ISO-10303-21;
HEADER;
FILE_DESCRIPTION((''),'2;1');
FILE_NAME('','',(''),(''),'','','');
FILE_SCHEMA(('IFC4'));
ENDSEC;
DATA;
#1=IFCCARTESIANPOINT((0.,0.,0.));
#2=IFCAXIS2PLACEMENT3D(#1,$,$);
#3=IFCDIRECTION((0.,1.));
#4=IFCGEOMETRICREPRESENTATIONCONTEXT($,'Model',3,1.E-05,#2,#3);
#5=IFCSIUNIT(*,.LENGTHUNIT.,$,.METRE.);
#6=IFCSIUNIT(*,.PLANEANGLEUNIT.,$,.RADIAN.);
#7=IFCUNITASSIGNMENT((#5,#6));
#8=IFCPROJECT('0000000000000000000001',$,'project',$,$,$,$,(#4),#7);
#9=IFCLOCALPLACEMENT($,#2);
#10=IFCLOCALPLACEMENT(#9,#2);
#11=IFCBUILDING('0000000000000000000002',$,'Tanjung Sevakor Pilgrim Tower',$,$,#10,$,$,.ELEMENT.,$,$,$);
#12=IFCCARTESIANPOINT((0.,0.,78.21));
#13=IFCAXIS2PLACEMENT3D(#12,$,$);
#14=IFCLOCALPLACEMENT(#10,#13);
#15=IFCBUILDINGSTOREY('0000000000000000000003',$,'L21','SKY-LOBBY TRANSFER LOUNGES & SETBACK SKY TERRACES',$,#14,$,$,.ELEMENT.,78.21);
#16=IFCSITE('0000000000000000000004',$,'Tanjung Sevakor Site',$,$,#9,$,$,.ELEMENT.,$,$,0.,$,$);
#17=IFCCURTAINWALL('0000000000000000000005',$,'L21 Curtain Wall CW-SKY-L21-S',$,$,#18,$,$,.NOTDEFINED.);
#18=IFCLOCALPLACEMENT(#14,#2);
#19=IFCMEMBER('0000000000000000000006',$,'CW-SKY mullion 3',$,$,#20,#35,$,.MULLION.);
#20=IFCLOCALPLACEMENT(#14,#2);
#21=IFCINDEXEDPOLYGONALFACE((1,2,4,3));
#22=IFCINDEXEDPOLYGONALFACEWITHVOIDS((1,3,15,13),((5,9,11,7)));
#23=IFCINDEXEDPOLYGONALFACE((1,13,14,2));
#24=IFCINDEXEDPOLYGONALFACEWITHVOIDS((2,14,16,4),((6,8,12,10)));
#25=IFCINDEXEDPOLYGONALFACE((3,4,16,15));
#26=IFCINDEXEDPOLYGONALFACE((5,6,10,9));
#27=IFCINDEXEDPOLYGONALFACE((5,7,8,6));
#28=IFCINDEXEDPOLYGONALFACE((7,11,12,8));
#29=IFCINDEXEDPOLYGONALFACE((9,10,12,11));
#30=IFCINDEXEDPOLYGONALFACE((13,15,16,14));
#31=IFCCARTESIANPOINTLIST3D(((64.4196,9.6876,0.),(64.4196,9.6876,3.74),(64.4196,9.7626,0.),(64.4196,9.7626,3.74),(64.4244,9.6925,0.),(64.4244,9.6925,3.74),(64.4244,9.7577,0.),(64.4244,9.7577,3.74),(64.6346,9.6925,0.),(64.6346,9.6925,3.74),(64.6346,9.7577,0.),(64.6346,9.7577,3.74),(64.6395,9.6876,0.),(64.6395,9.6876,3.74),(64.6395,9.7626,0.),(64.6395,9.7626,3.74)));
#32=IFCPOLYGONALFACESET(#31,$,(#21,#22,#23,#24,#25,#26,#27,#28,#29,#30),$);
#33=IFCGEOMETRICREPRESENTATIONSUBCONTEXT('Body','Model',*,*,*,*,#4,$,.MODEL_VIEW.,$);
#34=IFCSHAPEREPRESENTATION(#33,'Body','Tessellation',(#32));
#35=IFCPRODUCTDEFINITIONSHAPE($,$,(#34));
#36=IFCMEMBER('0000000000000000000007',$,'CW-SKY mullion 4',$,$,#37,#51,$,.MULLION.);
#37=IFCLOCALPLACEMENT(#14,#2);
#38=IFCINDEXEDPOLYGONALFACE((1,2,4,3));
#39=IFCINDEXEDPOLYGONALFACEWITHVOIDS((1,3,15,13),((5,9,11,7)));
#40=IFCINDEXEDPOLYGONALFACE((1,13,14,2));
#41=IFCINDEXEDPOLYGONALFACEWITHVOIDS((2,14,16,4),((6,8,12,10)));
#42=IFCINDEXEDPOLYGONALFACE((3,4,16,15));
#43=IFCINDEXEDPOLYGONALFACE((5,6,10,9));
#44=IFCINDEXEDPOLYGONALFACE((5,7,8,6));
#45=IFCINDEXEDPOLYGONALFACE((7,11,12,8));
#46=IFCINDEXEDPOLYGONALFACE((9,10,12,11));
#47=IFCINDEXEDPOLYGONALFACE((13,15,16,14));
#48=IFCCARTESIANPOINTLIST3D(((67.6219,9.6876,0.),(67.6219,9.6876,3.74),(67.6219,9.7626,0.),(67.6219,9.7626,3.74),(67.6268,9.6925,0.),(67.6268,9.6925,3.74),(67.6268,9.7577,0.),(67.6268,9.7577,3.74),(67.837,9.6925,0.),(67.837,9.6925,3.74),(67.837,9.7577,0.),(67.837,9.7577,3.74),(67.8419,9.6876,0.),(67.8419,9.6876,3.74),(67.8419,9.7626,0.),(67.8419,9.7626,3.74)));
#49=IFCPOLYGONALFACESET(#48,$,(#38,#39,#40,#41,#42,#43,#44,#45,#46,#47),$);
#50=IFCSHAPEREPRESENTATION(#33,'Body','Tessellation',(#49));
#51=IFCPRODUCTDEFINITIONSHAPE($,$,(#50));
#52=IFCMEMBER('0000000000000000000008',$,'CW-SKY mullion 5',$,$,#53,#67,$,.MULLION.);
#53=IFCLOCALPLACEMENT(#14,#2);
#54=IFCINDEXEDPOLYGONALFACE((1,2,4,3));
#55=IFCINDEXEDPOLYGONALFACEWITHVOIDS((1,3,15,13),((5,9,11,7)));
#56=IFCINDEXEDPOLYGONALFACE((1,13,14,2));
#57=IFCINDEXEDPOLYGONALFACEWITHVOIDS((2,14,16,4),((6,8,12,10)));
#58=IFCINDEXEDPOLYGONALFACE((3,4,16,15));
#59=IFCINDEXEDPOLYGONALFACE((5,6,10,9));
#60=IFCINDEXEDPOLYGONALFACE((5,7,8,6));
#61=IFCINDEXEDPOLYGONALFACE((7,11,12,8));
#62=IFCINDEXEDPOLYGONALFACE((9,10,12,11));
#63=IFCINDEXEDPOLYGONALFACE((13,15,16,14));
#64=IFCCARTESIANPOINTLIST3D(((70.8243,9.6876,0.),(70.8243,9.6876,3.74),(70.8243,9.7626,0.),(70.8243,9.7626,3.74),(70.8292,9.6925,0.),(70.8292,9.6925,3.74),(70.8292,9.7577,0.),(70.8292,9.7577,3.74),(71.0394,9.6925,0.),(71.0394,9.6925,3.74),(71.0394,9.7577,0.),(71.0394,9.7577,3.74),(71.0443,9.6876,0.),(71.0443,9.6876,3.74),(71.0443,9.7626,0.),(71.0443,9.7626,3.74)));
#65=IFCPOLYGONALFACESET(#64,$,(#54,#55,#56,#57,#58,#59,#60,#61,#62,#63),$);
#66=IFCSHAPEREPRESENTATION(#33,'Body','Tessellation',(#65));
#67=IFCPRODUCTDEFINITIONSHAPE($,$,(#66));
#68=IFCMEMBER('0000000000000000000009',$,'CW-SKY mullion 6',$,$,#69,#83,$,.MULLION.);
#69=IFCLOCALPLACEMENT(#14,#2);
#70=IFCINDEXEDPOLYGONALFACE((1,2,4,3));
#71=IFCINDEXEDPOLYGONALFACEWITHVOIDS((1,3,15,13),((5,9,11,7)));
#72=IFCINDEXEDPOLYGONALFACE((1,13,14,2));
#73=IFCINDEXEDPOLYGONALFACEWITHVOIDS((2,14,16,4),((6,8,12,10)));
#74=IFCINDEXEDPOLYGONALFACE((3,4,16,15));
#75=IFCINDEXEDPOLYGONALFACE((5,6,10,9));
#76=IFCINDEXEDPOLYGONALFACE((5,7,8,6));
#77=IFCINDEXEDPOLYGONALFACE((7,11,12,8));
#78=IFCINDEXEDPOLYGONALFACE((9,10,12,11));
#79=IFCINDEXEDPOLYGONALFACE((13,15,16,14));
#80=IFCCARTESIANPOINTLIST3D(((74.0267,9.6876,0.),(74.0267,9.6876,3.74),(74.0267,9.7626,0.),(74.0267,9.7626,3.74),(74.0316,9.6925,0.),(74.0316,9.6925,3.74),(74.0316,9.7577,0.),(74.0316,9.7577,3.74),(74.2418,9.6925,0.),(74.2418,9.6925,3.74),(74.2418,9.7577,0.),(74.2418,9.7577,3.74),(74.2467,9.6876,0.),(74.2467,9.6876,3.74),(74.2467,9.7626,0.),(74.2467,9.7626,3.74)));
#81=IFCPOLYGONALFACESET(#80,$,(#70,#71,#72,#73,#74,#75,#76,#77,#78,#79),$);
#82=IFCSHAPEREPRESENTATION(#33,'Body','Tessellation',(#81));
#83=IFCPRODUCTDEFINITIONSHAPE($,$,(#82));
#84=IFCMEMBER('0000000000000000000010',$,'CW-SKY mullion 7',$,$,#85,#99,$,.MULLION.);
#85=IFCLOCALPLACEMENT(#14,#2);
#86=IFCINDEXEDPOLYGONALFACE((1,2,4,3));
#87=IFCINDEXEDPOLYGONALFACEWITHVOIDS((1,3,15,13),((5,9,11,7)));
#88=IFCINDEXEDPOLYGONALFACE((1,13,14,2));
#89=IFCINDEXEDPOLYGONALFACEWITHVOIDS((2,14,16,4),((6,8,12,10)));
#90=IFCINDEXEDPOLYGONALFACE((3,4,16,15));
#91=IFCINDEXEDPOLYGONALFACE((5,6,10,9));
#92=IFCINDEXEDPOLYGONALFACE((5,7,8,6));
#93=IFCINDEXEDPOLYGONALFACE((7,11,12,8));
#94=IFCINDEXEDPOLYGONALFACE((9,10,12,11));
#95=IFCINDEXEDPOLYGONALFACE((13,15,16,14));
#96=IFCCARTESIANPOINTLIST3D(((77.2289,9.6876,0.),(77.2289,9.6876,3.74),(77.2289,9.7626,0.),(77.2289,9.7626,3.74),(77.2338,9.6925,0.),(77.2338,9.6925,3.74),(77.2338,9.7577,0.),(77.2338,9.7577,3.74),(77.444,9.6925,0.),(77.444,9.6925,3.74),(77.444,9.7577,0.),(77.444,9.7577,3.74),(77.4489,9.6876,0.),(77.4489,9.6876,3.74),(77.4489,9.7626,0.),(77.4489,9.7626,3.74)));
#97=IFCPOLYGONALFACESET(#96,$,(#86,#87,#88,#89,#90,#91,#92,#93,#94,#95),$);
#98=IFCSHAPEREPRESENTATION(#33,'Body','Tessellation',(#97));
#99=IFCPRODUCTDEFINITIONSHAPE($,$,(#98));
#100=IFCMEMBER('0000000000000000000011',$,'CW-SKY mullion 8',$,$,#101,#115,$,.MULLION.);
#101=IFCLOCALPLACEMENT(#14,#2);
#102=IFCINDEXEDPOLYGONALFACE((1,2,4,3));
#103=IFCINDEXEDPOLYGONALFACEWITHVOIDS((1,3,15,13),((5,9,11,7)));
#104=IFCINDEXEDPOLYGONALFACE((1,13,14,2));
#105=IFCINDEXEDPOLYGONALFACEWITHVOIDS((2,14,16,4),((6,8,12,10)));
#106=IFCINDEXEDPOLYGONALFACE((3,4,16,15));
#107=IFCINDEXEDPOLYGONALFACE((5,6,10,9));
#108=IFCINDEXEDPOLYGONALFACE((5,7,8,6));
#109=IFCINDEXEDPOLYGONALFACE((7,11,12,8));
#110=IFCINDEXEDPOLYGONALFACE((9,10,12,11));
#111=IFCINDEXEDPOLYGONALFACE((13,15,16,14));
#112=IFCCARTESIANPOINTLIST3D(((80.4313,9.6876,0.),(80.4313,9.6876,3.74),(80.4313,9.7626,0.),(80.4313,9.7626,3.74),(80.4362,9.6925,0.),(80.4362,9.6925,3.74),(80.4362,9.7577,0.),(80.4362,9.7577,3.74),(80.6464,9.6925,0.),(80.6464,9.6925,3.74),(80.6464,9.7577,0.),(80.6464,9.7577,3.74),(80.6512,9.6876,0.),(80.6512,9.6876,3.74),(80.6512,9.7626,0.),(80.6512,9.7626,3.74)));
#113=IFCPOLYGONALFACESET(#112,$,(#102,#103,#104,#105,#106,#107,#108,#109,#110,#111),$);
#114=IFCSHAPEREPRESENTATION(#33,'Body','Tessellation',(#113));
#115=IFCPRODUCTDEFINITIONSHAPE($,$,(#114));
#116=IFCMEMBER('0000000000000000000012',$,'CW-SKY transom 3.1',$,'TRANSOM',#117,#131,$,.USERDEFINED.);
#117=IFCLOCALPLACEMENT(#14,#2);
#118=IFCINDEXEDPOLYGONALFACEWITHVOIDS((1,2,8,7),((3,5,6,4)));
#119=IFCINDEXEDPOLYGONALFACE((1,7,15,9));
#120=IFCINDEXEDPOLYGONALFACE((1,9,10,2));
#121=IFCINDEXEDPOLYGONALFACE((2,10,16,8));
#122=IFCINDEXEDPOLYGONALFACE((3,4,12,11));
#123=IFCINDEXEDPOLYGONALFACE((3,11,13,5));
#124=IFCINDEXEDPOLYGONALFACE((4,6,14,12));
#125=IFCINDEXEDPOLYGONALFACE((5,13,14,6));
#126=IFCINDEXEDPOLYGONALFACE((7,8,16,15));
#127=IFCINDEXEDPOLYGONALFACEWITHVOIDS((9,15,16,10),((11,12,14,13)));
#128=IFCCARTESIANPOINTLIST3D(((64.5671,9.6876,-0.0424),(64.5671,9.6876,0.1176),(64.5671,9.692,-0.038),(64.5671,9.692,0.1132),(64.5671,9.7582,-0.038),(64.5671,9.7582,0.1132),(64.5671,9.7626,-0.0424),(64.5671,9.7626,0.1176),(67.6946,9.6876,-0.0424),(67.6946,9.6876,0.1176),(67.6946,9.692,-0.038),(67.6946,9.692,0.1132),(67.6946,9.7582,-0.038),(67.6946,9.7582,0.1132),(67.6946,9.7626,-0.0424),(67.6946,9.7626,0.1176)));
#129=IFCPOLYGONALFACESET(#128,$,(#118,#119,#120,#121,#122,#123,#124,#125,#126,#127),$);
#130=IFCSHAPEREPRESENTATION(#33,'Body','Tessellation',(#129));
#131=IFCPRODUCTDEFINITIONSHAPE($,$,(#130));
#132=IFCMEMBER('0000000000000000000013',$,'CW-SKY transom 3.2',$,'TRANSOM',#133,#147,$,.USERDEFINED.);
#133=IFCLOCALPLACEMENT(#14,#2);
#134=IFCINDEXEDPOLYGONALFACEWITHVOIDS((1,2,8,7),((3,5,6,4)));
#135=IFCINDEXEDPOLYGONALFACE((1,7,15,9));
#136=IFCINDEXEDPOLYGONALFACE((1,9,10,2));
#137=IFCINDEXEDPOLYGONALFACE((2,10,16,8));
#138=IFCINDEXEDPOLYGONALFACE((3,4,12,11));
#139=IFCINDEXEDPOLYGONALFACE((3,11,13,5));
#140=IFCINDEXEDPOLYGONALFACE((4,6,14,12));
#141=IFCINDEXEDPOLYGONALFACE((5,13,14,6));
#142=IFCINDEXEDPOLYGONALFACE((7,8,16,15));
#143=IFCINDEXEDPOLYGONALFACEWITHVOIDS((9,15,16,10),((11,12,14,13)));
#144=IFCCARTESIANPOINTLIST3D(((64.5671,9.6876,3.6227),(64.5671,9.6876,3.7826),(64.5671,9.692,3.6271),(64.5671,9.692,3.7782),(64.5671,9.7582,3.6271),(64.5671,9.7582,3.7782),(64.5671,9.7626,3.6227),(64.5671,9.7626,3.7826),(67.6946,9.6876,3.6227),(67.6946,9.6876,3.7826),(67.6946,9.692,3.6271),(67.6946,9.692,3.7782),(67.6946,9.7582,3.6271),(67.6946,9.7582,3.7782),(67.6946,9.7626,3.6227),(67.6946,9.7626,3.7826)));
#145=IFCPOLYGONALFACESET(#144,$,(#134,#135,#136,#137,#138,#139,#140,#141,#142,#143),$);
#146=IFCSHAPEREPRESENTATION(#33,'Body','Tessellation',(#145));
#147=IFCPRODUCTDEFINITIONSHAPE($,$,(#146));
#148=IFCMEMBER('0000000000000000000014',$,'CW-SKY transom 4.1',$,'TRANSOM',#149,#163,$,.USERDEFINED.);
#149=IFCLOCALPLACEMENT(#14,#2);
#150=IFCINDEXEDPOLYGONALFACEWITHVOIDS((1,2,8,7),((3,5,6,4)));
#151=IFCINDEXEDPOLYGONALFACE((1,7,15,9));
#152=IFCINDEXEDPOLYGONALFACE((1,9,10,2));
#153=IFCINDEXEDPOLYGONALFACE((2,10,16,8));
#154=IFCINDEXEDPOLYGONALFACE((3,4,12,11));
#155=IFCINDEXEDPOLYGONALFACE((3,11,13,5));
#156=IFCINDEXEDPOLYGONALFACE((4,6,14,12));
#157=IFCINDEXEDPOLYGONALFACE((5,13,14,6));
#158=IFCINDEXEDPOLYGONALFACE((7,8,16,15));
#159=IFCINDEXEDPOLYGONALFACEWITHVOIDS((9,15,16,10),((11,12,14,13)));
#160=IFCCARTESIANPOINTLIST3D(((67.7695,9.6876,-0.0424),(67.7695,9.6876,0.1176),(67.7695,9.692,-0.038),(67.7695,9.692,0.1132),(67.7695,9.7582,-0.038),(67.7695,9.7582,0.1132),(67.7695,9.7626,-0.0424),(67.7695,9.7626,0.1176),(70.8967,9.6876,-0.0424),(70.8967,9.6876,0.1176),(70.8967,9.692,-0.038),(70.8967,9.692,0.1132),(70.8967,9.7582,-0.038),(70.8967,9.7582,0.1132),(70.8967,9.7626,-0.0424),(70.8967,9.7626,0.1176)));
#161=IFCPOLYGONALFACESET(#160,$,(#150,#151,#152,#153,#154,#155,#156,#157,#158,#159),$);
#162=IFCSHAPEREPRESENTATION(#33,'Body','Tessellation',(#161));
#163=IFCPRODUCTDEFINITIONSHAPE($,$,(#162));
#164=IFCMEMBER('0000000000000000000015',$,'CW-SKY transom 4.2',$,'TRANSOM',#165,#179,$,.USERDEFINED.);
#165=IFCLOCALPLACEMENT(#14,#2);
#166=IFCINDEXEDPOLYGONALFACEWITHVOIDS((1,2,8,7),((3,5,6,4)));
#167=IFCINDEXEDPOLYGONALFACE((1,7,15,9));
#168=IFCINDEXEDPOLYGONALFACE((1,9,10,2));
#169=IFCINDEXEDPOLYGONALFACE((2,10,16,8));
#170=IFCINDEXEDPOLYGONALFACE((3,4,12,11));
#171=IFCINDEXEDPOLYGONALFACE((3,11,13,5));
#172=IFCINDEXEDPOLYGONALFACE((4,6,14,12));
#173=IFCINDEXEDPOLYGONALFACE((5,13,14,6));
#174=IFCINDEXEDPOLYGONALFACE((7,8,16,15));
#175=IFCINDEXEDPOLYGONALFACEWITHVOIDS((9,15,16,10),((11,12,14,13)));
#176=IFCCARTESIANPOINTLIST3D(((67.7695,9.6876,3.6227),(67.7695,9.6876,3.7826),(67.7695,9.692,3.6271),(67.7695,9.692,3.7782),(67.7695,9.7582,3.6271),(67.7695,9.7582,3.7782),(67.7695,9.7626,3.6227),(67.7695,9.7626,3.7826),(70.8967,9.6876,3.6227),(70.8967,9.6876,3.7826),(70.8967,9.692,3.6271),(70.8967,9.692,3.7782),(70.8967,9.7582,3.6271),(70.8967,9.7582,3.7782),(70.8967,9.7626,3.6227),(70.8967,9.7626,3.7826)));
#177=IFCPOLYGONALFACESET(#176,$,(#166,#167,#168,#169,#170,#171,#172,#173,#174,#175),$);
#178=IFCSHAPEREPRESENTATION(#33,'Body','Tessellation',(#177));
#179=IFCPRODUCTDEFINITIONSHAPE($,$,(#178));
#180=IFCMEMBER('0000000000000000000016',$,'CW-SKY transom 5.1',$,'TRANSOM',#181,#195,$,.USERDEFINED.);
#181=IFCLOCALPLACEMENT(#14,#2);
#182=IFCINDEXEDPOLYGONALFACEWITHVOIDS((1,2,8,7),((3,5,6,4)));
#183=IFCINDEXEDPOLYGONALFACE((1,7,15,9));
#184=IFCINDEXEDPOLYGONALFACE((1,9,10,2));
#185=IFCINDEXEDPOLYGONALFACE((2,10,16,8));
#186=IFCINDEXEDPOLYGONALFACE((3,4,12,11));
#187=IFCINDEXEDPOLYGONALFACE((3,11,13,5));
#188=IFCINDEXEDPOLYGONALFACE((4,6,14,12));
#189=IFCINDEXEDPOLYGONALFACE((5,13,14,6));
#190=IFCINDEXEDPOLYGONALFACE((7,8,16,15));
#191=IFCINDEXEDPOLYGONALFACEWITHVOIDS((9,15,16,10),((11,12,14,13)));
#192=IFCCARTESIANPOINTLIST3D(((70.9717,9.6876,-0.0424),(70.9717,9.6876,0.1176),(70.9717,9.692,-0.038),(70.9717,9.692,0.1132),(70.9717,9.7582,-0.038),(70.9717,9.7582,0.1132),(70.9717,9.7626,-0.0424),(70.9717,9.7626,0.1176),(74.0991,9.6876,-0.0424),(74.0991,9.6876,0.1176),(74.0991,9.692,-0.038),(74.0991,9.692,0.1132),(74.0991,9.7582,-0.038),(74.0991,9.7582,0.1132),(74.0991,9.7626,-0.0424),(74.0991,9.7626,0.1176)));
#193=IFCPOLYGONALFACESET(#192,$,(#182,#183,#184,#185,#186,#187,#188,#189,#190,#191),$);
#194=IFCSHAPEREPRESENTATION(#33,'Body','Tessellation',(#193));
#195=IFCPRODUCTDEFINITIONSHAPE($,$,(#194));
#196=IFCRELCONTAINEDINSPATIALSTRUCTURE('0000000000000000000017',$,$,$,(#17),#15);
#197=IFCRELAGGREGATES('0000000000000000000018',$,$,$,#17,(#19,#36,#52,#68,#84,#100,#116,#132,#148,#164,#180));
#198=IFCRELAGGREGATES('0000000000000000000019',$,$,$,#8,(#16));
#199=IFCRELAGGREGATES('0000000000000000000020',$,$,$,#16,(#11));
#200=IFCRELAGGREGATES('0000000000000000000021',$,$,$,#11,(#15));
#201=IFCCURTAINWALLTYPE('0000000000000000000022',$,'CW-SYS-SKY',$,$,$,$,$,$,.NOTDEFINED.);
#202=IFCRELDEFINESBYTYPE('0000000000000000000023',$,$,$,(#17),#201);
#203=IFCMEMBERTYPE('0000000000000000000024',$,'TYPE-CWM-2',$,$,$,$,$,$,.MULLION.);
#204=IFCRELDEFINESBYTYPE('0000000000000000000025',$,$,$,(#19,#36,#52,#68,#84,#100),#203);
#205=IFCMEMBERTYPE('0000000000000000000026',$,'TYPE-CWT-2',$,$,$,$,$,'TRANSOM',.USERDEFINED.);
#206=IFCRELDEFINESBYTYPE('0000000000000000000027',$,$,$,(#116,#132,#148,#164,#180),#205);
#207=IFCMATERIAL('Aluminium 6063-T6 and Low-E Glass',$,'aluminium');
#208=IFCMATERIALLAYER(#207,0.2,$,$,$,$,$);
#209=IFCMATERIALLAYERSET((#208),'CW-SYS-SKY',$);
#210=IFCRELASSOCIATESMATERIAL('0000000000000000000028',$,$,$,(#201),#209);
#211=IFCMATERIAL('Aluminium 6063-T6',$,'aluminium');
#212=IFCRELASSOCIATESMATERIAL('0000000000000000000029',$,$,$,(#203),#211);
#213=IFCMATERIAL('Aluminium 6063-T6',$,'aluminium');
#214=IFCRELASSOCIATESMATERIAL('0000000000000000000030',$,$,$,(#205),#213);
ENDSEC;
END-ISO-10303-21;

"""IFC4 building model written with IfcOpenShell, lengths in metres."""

from ifc_helpers import new_model, si_unit, direction, frame, origin, origin_2d, place, context, subcontext, project, spatial, hollow_rectangle, extrude, material, layer, layer_set, material_profile, profile_set, type_object, element, aggregate, save


model = new_model("IFC4")

# Units and contexts
model_context = context("Model", 3, precision=1e-05, world=origin(), true_north=direction((0.0, 1.0)))
body_context = subcontext(model_context, "Body", "Model", "MODEL_VIEW")
ifc_project = project(units=[si_unit("LENGTHUNIT", "METRE"), si_unit("PLANEANGLEUNIT", "RADIAN")], contexts=[model_context])

# Site, building, storey
site_placement = place(None, origin())
site = spatial("IfcSite", under=ifc_project, at=site_placement, Name="Tanjung Sevakor Site", CompositionType="ELEMENT", RefElevation=0.0)
building_placement = place(site_placement, origin())
building = spatial("IfcBuilding", under=site, at=building_placement, Name="Tanjung Sevakor Pilgrim Tower", CompositionType="ELEMENT")
storey_placement = place(building_placement, frame((0.0, 0.0, 78.21)))
storey = spatial("IfcBuildingStorey", under=building, at=storey_placement, Name="L21", Description="SKY-LOBBY TRANSFER LOUNGES & SETBACK SKY TERRACES", CompositionType="ELEMENT", Elevation=78.21)

# Curtain wall, members
ifc_material_1 = material(Name="Aluminium 6063-T6 and Low-E Glass", Category="aluminium")
ifc_layer_1 = layer(ifc_material_1, 0.2)
ifc_layer_set_1 = layer_set([ifc_layer_1], Name="CW-SYS-SKY")
curtain_wall_type = type_object("IfcCurtainWallType", Name="CW-SYS-SKY", PredefinedType="NOTDEFINED", material=ifc_layer_set_1)
curtain_wall_placement = place(storey_placement, origin())
curtain_wall = element("IfcCurtainWall", 1, at=curtain_wall_placement, inside=storey, type_object=curtain_wall_type, Name="L21 Curtain Wall CW-SKY-L21-S", PredefinedType="NOTDEFINED")
ifc_material_2 = material(Name="Aluminium 6063-T6", Category="aluminium")
ifc_material_profile_1 = material_profile(ifc_material_2, hollow_rectangle(XDim=0.075, YDim=0.22, WallThickness=0.0049, at=origin_2d()))
ifc_profile_set_1 = profile_set([ifc_material_profile_1], Name="Aluminium 6063-T6")
member_type_1 = type_object("IfcMemberType", Name="TYPE-CWM-2", PredefinedType="MULLION", material=ifc_profile_set_1)
member_1_placement = place(storey_placement, frame((64.5295, 9.7251, 0.0), z_axis=(0.0, 0.0, 1.0), x_axis=(0.0, 1.0, 0.0)))
member_1 = element("IfcMember", 2, at=member_1_placement, type_object=member_type_1, Name="CW-SKY mullion 3", PredefinedType="MULLION", context=body_context, shape_type="SweptSolid", body=[
    extrude(hollow_rectangle(XDim=0.075, YDim=0.22, WallThickness=0.0049, at=origin_2d()), origin(), (0.0, 0.0, 1.0), 3.74),
])
member_2_placement = place(storey_placement, frame((67.7319, 9.7251, 0.0), z_axis=(0.0, 0.0, 1.0), x_axis=(0.0, 1.0, 0.0)))
member_2 = element("IfcMember", 3, at=member_2_placement, type_object=member_type_1, Name="CW-SKY mullion 4", PredefinedType="MULLION", context=body_context, shape_type="SweptSolid", body=[
    extrude(hollow_rectangle(XDim=0.075, YDim=0.22, WallThickness=0.0049, at=origin_2d()), origin(), (0.0, 0.0, 1.0), 3.74),
])
member_3_placement = place(storey_placement, frame((70.9343, 9.7251, 0.0), z_axis=(0.0, 0.0, 1.0), x_axis=(0.0, 1.0, 0.0)))
member_3 = element("IfcMember", 4, at=member_3_placement, type_object=member_type_1, Name="CW-SKY mullion 5", PredefinedType="MULLION", context=body_context, shape_type="SweptSolid", body=[
    extrude(hollow_rectangle(XDim=0.075, YDim=0.22, WallThickness=0.0049, at=origin_2d()), origin(), (0.0, 0.0, 1.0), 3.74),
])
member_4_placement = place(storey_placement, frame((74.1367, 9.7251, 0.0), z_axis=(0.0, 0.0, 1.0), x_axis=(0.0, 1.0, 0.0)))
member_4 = element("IfcMember", 5, at=member_4_placement, type_object=member_type_1, Name="CW-SKY mullion 6", PredefinedType="MULLION", context=body_context, shape_type="SweptSolid", body=[
    extrude(hollow_rectangle(XDim=0.075, YDim=0.22, WallThickness=0.0049, at=origin_2d()), origin(), (0.0, 0.0, 1.0), 3.74),
])
member_5_placement = place(storey_placement, frame((77.3389, 9.7251, 0.0), z_axis=(0.0, 0.0, 1.0), x_axis=(0.0, 1.0, 0.0)))
member_5 = element("IfcMember", 6, at=member_5_placement, type_object=member_type_1, Name="CW-SKY mullion 7", PredefinedType="MULLION", context=body_context, shape_type="SweptSolid", body=[
    extrude(hollow_rectangle(XDim=0.075, YDim=0.22, WallThickness=0.0049, at=origin_2d()), origin(), (0.0, 0.0, 1.0), 3.74),
])
member_6_placement = place(storey_placement, frame((80.5413, 9.7251, 0.0), z_axis=(0.0, 0.0, 1.0), x_axis=(0.0, 1.0, 0.0)))
member_6 = element("IfcMember", 7, at=member_6_placement, type_object=member_type_1, Name="CW-SKY mullion 8", PredefinedType="MULLION", context=body_context, shape_type="SweptSolid", body=[
    extrude(hollow_rectangle(XDim=0.075, YDim=0.22, WallThickness=0.0049, at=origin_2d()), origin(), (0.0, 0.0, 1.0), 3.74),
])
ifc_material_3 = material(Name="Aluminium 6063-T6", Category="aluminium")
ifc_material_profile_2 = material_profile(ifc_material_3, hollow_rectangle(XDim=0.075, YDim=0.1599, WallThickness=0.0044, at=origin_2d()))
ifc_profile_set_2 = profile_set([ifc_material_profile_2], Name="Aluminium 6063-T6")
member_type_2 = type_object("IfcMemberType", Name="TYPE-CWT-2", ElementType="TRANSOM", PredefinedType="USERDEFINED", material=ifc_profile_set_2)
member_7_placement = place(storey_placement, frame((64.5671, 9.7251, 0.0376), z_axis=(1.0, 0.0, 0.0), x_axis=(0.0, 1.0, 0.0)))
member_7 = element("IfcMember", 8, at=member_7_placement, type_object=member_type_2, Name="CW-SKY transom 3.1", ObjectType="TRANSOM", PredefinedType="USERDEFINED", context=body_context, shape_type="SweptSolid", body=[
    extrude(hollow_rectangle(XDim=0.075, YDim=0.1599, WallThickness=0.0044, at=origin_2d()), origin(), (0.0, 0.0, 1.0), 3.1274),
])
member_8_placement = place(storey_placement, frame((64.5671, 9.7251, 3.7026), z_axis=(1.0, 0.0, 0.0), x_axis=(0.0, 1.0, 0.0)))
member_8 = element("IfcMember", 9, at=member_8_placement, type_object=member_type_2, Name="CW-SKY transom 3.2", ObjectType="TRANSOM", PredefinedType="USERDEFINED", context=body_context, shape_type="SweptSolid", body=[
    extrude(hollow_rectangle(XDim=0.075, YDim=0.1599, WallThickness=0.0044, at=origin_2d()), origin(), (0.0, 0.0, 1.0), 3.1274),
])
member_9_placement = place(storey_placement, frame((67.7695, 9.7251, 0.0376), z_axis=(1.0, 0.0, 0.0), x_axis=(0.0, 1.0, 0.0)))
member_9 = element("IfcMember", 10, at=member_9_placement, type_object=member_type_2, Name="CW-SKY transom 4.1", ObjectType="TRANSOM", PredefinedType="USERDEFINED", context=body_context, shape_type="SweptSolid", body=[
    extrude(hollow_rectangle(XDim=0.075, YDim=0.1599, WallThickness=0.0044, at=origin_2d()), origin(), (0.0, 0.0, 1.0), 3.1272),
])
member_10_placement = place(storey_placement, frame((67.7695, 9.7251, 3.7026), z_axis=(1.0, 0.0, 0.0), x_axis=(0.0, 1.0, 0.0)))
member_10 = element("IfcMember", 11, at=member_10_placement, type_object=member_type_2, Name="CW-SKY transom 4.2", ObjectType="TRANSOM", PredefinedType="USERDEFINED", context=body_context, shape_type="SweptSolid", body=[
    extrude(hollow_rectangle(XDim=0.075, YDim=0.1599, WallThickness=0.0044, at=origin_2d()), origin(), (0.0, 0.0, 1.0), 3.1272),
])
member_11_placement = place(storey_placement, frame((70.9717, 9.7251, 0.0376), z_axis=(1.0, 0.0, 0.0), x_axis=(0.0, 1.0, 0.0)))
member_11 = element("IfcMember", 12, at=member_11_placement, type_object=member_type_2, Name="CW-SKY transom 5.1", ObjectType="TRANSOM", PredefinedType="USERDEFINED", context=body_context, shape_type="SweptSolid", body=[
    extrude(hollow_rectangle(XDim=0.075, YDim=0.1599, WallThickness=0.0044, at=origin_2d()), origin(), (0.0, 0.0, 1.0), 3.1274),
])
aggregate(curtain_wall, [member_1, member_2, member_3, member_4, member_5, member_6, member_7, member_8, member_9, member_10, member_11])

save(model, "model.ifc")
